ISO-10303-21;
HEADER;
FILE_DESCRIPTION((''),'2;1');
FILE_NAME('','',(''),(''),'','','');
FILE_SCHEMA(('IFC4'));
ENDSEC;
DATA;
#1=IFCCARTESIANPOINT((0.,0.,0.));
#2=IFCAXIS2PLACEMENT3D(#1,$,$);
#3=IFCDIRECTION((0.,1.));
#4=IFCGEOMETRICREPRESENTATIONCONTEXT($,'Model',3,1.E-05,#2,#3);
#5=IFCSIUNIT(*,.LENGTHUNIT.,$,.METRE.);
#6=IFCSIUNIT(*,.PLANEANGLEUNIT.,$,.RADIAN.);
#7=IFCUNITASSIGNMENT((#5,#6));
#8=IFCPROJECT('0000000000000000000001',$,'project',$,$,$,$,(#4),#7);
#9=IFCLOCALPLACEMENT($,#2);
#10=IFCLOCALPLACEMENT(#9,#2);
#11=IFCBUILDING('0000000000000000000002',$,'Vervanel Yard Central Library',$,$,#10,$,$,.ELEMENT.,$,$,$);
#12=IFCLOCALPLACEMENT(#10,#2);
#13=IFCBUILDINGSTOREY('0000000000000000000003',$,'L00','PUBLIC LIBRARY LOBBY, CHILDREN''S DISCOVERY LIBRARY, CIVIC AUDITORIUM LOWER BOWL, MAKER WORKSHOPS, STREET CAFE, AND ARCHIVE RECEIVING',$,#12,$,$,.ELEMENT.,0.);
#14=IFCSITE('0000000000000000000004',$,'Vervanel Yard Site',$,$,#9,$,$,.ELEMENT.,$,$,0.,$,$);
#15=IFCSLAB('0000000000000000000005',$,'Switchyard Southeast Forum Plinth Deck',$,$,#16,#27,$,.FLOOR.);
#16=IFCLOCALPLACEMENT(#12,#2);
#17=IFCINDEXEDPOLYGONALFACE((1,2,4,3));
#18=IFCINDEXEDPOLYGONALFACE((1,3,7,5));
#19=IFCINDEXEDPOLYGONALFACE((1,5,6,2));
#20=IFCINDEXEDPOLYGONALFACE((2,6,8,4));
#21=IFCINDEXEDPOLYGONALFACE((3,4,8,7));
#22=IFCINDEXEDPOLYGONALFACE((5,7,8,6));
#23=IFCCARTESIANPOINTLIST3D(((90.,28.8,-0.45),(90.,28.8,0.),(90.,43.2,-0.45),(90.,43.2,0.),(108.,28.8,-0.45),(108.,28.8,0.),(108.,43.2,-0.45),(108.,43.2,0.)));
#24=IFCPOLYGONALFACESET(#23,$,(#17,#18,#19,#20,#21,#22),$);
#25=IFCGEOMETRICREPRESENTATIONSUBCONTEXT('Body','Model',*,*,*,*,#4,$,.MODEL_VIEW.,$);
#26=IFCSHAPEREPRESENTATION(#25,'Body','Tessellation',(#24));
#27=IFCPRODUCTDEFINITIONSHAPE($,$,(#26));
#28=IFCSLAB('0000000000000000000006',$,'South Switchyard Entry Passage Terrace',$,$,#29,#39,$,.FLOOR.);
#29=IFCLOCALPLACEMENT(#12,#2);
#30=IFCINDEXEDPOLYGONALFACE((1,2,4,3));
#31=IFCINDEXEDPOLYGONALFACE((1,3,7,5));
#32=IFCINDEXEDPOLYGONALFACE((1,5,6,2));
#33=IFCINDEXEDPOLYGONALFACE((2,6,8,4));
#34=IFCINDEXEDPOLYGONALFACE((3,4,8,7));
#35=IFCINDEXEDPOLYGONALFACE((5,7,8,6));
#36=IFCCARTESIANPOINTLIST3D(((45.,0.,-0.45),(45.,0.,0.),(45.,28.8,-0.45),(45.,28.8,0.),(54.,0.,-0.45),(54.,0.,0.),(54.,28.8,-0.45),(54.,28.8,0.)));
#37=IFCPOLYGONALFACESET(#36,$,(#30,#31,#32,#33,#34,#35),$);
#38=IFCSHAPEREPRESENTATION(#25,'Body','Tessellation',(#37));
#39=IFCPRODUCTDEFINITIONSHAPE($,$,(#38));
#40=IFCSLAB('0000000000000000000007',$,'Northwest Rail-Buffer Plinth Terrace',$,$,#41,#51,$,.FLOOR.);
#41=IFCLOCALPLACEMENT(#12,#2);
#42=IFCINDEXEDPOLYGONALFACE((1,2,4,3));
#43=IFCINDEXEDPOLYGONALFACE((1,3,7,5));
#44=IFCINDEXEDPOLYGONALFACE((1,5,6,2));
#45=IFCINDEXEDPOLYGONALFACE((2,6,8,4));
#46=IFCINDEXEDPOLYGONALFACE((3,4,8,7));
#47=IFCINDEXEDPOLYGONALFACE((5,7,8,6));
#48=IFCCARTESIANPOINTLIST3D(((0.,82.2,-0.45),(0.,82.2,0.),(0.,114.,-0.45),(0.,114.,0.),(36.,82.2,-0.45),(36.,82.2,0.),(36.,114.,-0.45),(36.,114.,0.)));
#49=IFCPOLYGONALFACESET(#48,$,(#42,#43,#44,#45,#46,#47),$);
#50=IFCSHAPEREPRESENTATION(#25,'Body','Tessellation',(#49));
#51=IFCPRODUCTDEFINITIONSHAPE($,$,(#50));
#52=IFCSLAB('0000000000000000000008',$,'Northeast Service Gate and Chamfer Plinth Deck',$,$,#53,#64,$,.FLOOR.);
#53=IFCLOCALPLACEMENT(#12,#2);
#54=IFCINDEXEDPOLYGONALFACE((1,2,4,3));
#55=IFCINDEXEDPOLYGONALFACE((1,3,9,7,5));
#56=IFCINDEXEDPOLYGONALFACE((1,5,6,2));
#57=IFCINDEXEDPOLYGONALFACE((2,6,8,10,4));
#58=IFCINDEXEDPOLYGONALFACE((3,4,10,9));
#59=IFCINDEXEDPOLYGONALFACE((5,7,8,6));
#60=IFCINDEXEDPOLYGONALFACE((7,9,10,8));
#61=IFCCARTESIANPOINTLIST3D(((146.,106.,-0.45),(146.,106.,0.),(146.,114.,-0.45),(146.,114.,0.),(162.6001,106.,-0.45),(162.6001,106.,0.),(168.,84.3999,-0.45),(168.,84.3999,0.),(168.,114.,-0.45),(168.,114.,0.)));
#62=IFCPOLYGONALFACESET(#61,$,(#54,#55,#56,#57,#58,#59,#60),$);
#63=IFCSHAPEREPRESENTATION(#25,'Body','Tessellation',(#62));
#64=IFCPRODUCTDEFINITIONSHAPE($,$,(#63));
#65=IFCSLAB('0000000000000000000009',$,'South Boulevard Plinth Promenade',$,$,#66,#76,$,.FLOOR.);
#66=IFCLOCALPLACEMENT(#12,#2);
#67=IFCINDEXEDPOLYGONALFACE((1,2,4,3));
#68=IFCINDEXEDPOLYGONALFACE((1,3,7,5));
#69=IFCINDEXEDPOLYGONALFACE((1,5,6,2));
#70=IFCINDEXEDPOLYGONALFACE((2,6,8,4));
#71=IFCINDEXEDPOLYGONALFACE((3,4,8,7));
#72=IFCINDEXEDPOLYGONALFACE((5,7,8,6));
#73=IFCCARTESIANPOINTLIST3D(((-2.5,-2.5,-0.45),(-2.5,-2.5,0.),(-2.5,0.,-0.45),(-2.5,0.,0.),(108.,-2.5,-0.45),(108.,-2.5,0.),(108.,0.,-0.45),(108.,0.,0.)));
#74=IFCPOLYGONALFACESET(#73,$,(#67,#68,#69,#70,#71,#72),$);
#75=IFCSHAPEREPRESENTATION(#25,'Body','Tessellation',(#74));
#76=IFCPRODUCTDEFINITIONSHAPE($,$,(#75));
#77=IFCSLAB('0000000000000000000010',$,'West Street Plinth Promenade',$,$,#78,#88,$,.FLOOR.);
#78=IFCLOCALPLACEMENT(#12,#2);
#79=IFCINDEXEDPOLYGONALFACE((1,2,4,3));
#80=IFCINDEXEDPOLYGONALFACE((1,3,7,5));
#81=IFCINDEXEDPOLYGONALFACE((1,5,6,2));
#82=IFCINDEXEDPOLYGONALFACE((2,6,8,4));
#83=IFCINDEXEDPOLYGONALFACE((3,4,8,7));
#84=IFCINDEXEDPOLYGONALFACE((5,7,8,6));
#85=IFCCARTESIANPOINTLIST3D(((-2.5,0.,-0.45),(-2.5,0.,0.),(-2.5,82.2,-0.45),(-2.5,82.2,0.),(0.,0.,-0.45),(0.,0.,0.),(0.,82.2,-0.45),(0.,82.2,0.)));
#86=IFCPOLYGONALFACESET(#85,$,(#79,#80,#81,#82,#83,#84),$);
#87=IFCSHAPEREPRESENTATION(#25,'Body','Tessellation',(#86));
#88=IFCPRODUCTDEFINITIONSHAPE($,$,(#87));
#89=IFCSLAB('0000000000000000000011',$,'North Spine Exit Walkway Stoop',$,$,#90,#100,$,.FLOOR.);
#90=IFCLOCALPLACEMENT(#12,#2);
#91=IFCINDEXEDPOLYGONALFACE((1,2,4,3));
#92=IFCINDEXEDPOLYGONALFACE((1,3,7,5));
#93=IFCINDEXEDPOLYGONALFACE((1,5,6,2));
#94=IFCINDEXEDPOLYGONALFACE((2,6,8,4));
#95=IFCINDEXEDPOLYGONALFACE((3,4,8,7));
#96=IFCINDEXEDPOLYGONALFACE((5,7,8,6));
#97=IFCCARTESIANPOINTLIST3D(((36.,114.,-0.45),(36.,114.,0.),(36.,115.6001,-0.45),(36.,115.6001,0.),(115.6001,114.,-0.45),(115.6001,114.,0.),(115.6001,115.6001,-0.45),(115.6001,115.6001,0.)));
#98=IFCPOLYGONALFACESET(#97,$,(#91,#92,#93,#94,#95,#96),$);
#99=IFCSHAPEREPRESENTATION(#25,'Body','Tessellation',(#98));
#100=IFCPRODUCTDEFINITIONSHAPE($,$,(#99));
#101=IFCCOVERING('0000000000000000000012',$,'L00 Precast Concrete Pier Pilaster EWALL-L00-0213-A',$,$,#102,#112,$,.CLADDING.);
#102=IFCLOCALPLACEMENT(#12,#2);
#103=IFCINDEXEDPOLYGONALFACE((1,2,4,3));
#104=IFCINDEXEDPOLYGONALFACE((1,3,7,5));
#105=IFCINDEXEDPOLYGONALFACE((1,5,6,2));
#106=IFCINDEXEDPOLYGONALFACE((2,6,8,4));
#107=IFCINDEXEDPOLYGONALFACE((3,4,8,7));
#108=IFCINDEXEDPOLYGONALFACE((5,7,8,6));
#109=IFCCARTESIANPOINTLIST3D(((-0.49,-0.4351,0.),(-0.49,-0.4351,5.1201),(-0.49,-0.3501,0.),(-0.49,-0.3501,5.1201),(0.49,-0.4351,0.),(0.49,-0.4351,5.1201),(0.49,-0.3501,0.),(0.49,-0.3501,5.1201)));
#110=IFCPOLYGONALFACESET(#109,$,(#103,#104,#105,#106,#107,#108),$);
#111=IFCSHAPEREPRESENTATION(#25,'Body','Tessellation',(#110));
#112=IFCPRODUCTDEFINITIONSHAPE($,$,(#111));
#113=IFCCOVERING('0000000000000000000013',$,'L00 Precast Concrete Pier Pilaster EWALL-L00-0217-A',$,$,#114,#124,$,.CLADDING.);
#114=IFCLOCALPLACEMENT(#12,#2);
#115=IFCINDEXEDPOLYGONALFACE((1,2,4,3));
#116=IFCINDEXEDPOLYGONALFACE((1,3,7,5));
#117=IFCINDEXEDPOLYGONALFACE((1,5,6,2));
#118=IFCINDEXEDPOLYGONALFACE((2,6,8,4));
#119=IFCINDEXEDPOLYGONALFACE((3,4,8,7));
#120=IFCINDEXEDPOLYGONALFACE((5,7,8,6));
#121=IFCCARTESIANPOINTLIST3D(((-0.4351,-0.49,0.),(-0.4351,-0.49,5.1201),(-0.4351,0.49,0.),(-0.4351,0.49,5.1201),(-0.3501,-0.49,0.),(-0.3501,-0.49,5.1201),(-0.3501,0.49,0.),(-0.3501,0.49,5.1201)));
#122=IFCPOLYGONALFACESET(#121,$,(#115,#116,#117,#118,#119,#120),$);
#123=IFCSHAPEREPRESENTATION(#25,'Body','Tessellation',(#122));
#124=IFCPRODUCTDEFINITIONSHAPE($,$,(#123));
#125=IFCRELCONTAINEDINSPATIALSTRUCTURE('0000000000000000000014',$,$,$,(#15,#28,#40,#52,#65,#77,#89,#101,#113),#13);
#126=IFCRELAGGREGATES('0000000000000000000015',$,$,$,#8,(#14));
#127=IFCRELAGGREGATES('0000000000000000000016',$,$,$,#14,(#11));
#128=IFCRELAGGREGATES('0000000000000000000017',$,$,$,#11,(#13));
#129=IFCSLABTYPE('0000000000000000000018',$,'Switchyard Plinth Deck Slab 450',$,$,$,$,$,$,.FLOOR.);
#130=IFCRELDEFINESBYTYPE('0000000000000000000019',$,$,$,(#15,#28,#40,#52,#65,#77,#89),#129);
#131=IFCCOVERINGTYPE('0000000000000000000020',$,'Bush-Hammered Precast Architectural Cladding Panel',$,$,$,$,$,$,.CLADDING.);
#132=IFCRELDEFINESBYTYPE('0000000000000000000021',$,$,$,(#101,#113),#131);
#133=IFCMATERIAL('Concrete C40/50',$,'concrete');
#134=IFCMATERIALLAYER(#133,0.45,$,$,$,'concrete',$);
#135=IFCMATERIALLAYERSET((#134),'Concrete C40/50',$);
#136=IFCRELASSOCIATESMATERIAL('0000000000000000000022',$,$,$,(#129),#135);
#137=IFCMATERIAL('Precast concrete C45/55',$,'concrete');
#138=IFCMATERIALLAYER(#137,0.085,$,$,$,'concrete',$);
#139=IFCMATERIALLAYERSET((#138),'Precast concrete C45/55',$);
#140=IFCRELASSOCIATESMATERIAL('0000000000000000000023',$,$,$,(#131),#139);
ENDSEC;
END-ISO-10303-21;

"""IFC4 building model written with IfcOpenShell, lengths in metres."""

from ifc_helpers import new_model, si_unit, direction, frame, origin, origin_2d, place, context, subcontext, project, spatial, polyline, rectangle, outline, extrude, material, layer, layer_set, type_object, element, save


model = new_model("IFC4")

# Units and contexts
model_context = context("Model", 3, precision=1e-05, world=origin(), true_north=direction((0.0, 1.0)))
body_context = subcontext(model_context, "Body", "Model", "MODEL_VIEW")
ifc_project = project(units=[si_unit("LENGTHUNIT", "METRE"), si_unit("PLANEANGLEUNIT", "RADIAN")], contexts=[model_context])

# Site, building, storey
site_placement = place(None, origin())
site = spatial("IfcSite", under=ifc_project, at=site_placement, Name="Vervanel Yard Site", CompositionType="ELEMENT", RefElevation=0.0)
building_placement = place(site_placement, origin())
building = spatial("IfcBuilding", under=site, at=building_placement, Name="Vervanel Yard Central Library", CompositionType="ELEMENT")
storey_placement = place(building_placement, origin())
storey = spatial("IfcBuildingStorey", under=building, at=storey_placement, Name="L00", Description="PUBLIC LIBRARY LOBBY, CHILDREN'S DISCOVERY LIBRARY, CIVIC AUDITORIUM LOWER BOWL, MAKER WORKSHOPS, STREET CAFE, AND ARCHIVE RECEIVING", CompositionType="ELEMENT", Elevation=0.0)

# Slabs
ifc_material_1 = material(Name="Concrete C40/50", Category="concrete")
ifc_layer_1 = layer(ifc_material_1, 0.45, Category="concrete")
ifc_layer_set_1 = layer_set([ifc_layer_1], Name="Concrete C40/50")
slab_type_1 = type_object("IfcSlabType", Name="Switchyard Plinth Deck Slab 450", PredefinedType="FLOOR", material=ifc_layer_set_1)
slab_1_placement = place(storey_placement, frame((0.0, 0.0, -0.45)))
element("IfcSlab", 1, at=slab_1_placement, inside=storey, type_object=slab_type_1, Name="Switchyard Southeast Forum Plinth Deck", PredefinedType="FLOOR", context=body_context, shape_type="SweptSolid", body=[
    extrude(outline(polyline([(90.0, 28.8), (108.0, 28.8), (108.0, 43.2), (90.0, 43.2), (90.0, 28.8)])), origin(), (0.0, 0.0, 1.0), 0.45),
])
slab_2_placement = place(storey_placement, frame((0.0, 0.0, -0.45)))
element("IfcSlab", 2, at=slab_2_placement, inside=storey, type_object=slab_type_1, Name="South Switchyard Entry Passage Terrace", PredefinedType="FLOOR", context=body_context, shape_type="SweptSolid", body=[
    extrude(outline(polyline([(45.0, 0.0), (54.0, 0.0), (54.0, 28.8), (45.0, 28.8), (45.0, 0.0)])), origin(), (0.0, 0.0, 1.0), 0.45),
])
slab_3_placement = place(storey_placement, frame((0.0, 0.0, -0.45)))
element("IfcSlab", 3, at=slab_3_placement, inside=storey, type_object=slab_type_1, Name="Northwest Rail-Buffer Plinth Terrace", PredefinedType="FLOOR", context=body_context, shape_type="SweptSolid", body=[
    extrude(outline(polyline([(0.0, 82.2), (36.0, 82.2), (36.0, 114.0), (0.0, 114.0), (0.0, 82.2)])), origin(), (0.0, 0.0, 1.0), 0.45),
])
slab_4_placement = place(storey_placement, frame((0.0, 0.0, -0.45)))
element("IfcSlab", 4, at=slab_4_placement, inside=storey, type_object=slab_type_1, Name="Northeast Service Gate and Chamfer Plinth Deck", PredefinedType="FLOOR", context=body_context, shape_type="SweptSolid", body=[
    extrude(outline(polyline([(146.0, 106.0), (162.6001, 106.0), (168.0, 84.3999), (168.0, 114.0), (146.0, 114.0), (146.0, 106.0)])), origin(), (0.0, 0.0, 1.0), 0.45),
])
slab_5_placement = place(storey_placement, frame((0.0, 0.0, -0.45)))
element("IfcSlab", 5, at=slab_5_placement, inside=storey, type_object=slab_type_1, Name="South Boulevard Plinth Promenade", PredefinedType="FLOOR", context=body_context, shape_type="SweptSolid", body=[
    extrude(outline(polyline([(-2.5, -2.5), (108.0, -2.5), (108.0, 0.0), (-2.5, 0.0), (-2.5, -2.5)])), origin(), (0.0, 0.0, 1.0), 0.45),
])
slab_6_placement = place(storey_placement, frame((0.0, 0.0, -0.45)))
element("IfcSlab", 6, at=slab_6_placement, inside=storey, type_object=slab_type_1, Name="West Street Plinth Promenade", PredefinedType="FLOOR", context=body_context, shape_type="SweptSolid", body=[
    extrude(outline(polyline([(-2.5, 0.0), (0.0, 0.0), (0.0, 82.2), (-2.5, 82.2), (-2.5, 0.0)])), origin(), (0.0, 0.0, 1.0), 0.45),
])
slab_7_placement = place(storey_placement, frame((0.0, 0.0, -0.45)))
element("IfcSlab", 7, at=slab_7_placement, inside=storey, type_object=slab_type_1, Name="North Spine Exit Walkway Stoop", PredefinedType="FLOOR", context=body_context, shape_type="SweptSolid", body=[
    extrude(outline(polyline([(36.0, 114.0), (115.6001, 114.0), (115.6001, 115.6001), (36.0, 115.6001), (36.0, 114.0)])), origin(), (0.0, 0.0, 1.0), 0.45),
])

# Coverings
ifc_material_2 = material(Name="Precast concrete C45/55", Category="concrete")
ifc_layer_2 = layer(ifc_material_2, 0.085, Category="concrete")
ifc_layer_set_2 = layer_set([ifc_layer_2], Name="Precast concrete C45/55")
covering_type = type_object("IfcCoveringType", Name="Bush-Hammered Precast Architectural Cladding Panel", PredefinedType="CLADDING", material=ifc_layer_set_2)
for number, where, z_axis, x_axis, name in (
    (8, (0.0, -0.3926, 0.0), (0.0, 0.0, 1.0), (1.0, 0.0, 0.0), "L00 Precast Concrete Pier Pilaster EWALL-L00-0213-A"),
    (9, (-0.3926, 0.0, 0.0), (0.0, 0.0, 1.0), (0.0, 1.0, 0.0), "L00 Precast Concrete Pier Pilaster EWALL-L00-0217-A"),
):
    element("IfcCovering", number, at=place(storey_placement, frame(where, z_axis=z_axis, x_axis=x_axis)), inside=storey, type_object=covering_type, Name=name, PredefinedType="CLADDING", context=body_context, shape_type="SweptSolid", body=[
        extrude(rectangle(XDim=0.98, YDim=0.085, at=origin_2d()), origin(), (0.0, 0.0, 1.0), 5.1201),
    ])

save(model, "model.ifc")
